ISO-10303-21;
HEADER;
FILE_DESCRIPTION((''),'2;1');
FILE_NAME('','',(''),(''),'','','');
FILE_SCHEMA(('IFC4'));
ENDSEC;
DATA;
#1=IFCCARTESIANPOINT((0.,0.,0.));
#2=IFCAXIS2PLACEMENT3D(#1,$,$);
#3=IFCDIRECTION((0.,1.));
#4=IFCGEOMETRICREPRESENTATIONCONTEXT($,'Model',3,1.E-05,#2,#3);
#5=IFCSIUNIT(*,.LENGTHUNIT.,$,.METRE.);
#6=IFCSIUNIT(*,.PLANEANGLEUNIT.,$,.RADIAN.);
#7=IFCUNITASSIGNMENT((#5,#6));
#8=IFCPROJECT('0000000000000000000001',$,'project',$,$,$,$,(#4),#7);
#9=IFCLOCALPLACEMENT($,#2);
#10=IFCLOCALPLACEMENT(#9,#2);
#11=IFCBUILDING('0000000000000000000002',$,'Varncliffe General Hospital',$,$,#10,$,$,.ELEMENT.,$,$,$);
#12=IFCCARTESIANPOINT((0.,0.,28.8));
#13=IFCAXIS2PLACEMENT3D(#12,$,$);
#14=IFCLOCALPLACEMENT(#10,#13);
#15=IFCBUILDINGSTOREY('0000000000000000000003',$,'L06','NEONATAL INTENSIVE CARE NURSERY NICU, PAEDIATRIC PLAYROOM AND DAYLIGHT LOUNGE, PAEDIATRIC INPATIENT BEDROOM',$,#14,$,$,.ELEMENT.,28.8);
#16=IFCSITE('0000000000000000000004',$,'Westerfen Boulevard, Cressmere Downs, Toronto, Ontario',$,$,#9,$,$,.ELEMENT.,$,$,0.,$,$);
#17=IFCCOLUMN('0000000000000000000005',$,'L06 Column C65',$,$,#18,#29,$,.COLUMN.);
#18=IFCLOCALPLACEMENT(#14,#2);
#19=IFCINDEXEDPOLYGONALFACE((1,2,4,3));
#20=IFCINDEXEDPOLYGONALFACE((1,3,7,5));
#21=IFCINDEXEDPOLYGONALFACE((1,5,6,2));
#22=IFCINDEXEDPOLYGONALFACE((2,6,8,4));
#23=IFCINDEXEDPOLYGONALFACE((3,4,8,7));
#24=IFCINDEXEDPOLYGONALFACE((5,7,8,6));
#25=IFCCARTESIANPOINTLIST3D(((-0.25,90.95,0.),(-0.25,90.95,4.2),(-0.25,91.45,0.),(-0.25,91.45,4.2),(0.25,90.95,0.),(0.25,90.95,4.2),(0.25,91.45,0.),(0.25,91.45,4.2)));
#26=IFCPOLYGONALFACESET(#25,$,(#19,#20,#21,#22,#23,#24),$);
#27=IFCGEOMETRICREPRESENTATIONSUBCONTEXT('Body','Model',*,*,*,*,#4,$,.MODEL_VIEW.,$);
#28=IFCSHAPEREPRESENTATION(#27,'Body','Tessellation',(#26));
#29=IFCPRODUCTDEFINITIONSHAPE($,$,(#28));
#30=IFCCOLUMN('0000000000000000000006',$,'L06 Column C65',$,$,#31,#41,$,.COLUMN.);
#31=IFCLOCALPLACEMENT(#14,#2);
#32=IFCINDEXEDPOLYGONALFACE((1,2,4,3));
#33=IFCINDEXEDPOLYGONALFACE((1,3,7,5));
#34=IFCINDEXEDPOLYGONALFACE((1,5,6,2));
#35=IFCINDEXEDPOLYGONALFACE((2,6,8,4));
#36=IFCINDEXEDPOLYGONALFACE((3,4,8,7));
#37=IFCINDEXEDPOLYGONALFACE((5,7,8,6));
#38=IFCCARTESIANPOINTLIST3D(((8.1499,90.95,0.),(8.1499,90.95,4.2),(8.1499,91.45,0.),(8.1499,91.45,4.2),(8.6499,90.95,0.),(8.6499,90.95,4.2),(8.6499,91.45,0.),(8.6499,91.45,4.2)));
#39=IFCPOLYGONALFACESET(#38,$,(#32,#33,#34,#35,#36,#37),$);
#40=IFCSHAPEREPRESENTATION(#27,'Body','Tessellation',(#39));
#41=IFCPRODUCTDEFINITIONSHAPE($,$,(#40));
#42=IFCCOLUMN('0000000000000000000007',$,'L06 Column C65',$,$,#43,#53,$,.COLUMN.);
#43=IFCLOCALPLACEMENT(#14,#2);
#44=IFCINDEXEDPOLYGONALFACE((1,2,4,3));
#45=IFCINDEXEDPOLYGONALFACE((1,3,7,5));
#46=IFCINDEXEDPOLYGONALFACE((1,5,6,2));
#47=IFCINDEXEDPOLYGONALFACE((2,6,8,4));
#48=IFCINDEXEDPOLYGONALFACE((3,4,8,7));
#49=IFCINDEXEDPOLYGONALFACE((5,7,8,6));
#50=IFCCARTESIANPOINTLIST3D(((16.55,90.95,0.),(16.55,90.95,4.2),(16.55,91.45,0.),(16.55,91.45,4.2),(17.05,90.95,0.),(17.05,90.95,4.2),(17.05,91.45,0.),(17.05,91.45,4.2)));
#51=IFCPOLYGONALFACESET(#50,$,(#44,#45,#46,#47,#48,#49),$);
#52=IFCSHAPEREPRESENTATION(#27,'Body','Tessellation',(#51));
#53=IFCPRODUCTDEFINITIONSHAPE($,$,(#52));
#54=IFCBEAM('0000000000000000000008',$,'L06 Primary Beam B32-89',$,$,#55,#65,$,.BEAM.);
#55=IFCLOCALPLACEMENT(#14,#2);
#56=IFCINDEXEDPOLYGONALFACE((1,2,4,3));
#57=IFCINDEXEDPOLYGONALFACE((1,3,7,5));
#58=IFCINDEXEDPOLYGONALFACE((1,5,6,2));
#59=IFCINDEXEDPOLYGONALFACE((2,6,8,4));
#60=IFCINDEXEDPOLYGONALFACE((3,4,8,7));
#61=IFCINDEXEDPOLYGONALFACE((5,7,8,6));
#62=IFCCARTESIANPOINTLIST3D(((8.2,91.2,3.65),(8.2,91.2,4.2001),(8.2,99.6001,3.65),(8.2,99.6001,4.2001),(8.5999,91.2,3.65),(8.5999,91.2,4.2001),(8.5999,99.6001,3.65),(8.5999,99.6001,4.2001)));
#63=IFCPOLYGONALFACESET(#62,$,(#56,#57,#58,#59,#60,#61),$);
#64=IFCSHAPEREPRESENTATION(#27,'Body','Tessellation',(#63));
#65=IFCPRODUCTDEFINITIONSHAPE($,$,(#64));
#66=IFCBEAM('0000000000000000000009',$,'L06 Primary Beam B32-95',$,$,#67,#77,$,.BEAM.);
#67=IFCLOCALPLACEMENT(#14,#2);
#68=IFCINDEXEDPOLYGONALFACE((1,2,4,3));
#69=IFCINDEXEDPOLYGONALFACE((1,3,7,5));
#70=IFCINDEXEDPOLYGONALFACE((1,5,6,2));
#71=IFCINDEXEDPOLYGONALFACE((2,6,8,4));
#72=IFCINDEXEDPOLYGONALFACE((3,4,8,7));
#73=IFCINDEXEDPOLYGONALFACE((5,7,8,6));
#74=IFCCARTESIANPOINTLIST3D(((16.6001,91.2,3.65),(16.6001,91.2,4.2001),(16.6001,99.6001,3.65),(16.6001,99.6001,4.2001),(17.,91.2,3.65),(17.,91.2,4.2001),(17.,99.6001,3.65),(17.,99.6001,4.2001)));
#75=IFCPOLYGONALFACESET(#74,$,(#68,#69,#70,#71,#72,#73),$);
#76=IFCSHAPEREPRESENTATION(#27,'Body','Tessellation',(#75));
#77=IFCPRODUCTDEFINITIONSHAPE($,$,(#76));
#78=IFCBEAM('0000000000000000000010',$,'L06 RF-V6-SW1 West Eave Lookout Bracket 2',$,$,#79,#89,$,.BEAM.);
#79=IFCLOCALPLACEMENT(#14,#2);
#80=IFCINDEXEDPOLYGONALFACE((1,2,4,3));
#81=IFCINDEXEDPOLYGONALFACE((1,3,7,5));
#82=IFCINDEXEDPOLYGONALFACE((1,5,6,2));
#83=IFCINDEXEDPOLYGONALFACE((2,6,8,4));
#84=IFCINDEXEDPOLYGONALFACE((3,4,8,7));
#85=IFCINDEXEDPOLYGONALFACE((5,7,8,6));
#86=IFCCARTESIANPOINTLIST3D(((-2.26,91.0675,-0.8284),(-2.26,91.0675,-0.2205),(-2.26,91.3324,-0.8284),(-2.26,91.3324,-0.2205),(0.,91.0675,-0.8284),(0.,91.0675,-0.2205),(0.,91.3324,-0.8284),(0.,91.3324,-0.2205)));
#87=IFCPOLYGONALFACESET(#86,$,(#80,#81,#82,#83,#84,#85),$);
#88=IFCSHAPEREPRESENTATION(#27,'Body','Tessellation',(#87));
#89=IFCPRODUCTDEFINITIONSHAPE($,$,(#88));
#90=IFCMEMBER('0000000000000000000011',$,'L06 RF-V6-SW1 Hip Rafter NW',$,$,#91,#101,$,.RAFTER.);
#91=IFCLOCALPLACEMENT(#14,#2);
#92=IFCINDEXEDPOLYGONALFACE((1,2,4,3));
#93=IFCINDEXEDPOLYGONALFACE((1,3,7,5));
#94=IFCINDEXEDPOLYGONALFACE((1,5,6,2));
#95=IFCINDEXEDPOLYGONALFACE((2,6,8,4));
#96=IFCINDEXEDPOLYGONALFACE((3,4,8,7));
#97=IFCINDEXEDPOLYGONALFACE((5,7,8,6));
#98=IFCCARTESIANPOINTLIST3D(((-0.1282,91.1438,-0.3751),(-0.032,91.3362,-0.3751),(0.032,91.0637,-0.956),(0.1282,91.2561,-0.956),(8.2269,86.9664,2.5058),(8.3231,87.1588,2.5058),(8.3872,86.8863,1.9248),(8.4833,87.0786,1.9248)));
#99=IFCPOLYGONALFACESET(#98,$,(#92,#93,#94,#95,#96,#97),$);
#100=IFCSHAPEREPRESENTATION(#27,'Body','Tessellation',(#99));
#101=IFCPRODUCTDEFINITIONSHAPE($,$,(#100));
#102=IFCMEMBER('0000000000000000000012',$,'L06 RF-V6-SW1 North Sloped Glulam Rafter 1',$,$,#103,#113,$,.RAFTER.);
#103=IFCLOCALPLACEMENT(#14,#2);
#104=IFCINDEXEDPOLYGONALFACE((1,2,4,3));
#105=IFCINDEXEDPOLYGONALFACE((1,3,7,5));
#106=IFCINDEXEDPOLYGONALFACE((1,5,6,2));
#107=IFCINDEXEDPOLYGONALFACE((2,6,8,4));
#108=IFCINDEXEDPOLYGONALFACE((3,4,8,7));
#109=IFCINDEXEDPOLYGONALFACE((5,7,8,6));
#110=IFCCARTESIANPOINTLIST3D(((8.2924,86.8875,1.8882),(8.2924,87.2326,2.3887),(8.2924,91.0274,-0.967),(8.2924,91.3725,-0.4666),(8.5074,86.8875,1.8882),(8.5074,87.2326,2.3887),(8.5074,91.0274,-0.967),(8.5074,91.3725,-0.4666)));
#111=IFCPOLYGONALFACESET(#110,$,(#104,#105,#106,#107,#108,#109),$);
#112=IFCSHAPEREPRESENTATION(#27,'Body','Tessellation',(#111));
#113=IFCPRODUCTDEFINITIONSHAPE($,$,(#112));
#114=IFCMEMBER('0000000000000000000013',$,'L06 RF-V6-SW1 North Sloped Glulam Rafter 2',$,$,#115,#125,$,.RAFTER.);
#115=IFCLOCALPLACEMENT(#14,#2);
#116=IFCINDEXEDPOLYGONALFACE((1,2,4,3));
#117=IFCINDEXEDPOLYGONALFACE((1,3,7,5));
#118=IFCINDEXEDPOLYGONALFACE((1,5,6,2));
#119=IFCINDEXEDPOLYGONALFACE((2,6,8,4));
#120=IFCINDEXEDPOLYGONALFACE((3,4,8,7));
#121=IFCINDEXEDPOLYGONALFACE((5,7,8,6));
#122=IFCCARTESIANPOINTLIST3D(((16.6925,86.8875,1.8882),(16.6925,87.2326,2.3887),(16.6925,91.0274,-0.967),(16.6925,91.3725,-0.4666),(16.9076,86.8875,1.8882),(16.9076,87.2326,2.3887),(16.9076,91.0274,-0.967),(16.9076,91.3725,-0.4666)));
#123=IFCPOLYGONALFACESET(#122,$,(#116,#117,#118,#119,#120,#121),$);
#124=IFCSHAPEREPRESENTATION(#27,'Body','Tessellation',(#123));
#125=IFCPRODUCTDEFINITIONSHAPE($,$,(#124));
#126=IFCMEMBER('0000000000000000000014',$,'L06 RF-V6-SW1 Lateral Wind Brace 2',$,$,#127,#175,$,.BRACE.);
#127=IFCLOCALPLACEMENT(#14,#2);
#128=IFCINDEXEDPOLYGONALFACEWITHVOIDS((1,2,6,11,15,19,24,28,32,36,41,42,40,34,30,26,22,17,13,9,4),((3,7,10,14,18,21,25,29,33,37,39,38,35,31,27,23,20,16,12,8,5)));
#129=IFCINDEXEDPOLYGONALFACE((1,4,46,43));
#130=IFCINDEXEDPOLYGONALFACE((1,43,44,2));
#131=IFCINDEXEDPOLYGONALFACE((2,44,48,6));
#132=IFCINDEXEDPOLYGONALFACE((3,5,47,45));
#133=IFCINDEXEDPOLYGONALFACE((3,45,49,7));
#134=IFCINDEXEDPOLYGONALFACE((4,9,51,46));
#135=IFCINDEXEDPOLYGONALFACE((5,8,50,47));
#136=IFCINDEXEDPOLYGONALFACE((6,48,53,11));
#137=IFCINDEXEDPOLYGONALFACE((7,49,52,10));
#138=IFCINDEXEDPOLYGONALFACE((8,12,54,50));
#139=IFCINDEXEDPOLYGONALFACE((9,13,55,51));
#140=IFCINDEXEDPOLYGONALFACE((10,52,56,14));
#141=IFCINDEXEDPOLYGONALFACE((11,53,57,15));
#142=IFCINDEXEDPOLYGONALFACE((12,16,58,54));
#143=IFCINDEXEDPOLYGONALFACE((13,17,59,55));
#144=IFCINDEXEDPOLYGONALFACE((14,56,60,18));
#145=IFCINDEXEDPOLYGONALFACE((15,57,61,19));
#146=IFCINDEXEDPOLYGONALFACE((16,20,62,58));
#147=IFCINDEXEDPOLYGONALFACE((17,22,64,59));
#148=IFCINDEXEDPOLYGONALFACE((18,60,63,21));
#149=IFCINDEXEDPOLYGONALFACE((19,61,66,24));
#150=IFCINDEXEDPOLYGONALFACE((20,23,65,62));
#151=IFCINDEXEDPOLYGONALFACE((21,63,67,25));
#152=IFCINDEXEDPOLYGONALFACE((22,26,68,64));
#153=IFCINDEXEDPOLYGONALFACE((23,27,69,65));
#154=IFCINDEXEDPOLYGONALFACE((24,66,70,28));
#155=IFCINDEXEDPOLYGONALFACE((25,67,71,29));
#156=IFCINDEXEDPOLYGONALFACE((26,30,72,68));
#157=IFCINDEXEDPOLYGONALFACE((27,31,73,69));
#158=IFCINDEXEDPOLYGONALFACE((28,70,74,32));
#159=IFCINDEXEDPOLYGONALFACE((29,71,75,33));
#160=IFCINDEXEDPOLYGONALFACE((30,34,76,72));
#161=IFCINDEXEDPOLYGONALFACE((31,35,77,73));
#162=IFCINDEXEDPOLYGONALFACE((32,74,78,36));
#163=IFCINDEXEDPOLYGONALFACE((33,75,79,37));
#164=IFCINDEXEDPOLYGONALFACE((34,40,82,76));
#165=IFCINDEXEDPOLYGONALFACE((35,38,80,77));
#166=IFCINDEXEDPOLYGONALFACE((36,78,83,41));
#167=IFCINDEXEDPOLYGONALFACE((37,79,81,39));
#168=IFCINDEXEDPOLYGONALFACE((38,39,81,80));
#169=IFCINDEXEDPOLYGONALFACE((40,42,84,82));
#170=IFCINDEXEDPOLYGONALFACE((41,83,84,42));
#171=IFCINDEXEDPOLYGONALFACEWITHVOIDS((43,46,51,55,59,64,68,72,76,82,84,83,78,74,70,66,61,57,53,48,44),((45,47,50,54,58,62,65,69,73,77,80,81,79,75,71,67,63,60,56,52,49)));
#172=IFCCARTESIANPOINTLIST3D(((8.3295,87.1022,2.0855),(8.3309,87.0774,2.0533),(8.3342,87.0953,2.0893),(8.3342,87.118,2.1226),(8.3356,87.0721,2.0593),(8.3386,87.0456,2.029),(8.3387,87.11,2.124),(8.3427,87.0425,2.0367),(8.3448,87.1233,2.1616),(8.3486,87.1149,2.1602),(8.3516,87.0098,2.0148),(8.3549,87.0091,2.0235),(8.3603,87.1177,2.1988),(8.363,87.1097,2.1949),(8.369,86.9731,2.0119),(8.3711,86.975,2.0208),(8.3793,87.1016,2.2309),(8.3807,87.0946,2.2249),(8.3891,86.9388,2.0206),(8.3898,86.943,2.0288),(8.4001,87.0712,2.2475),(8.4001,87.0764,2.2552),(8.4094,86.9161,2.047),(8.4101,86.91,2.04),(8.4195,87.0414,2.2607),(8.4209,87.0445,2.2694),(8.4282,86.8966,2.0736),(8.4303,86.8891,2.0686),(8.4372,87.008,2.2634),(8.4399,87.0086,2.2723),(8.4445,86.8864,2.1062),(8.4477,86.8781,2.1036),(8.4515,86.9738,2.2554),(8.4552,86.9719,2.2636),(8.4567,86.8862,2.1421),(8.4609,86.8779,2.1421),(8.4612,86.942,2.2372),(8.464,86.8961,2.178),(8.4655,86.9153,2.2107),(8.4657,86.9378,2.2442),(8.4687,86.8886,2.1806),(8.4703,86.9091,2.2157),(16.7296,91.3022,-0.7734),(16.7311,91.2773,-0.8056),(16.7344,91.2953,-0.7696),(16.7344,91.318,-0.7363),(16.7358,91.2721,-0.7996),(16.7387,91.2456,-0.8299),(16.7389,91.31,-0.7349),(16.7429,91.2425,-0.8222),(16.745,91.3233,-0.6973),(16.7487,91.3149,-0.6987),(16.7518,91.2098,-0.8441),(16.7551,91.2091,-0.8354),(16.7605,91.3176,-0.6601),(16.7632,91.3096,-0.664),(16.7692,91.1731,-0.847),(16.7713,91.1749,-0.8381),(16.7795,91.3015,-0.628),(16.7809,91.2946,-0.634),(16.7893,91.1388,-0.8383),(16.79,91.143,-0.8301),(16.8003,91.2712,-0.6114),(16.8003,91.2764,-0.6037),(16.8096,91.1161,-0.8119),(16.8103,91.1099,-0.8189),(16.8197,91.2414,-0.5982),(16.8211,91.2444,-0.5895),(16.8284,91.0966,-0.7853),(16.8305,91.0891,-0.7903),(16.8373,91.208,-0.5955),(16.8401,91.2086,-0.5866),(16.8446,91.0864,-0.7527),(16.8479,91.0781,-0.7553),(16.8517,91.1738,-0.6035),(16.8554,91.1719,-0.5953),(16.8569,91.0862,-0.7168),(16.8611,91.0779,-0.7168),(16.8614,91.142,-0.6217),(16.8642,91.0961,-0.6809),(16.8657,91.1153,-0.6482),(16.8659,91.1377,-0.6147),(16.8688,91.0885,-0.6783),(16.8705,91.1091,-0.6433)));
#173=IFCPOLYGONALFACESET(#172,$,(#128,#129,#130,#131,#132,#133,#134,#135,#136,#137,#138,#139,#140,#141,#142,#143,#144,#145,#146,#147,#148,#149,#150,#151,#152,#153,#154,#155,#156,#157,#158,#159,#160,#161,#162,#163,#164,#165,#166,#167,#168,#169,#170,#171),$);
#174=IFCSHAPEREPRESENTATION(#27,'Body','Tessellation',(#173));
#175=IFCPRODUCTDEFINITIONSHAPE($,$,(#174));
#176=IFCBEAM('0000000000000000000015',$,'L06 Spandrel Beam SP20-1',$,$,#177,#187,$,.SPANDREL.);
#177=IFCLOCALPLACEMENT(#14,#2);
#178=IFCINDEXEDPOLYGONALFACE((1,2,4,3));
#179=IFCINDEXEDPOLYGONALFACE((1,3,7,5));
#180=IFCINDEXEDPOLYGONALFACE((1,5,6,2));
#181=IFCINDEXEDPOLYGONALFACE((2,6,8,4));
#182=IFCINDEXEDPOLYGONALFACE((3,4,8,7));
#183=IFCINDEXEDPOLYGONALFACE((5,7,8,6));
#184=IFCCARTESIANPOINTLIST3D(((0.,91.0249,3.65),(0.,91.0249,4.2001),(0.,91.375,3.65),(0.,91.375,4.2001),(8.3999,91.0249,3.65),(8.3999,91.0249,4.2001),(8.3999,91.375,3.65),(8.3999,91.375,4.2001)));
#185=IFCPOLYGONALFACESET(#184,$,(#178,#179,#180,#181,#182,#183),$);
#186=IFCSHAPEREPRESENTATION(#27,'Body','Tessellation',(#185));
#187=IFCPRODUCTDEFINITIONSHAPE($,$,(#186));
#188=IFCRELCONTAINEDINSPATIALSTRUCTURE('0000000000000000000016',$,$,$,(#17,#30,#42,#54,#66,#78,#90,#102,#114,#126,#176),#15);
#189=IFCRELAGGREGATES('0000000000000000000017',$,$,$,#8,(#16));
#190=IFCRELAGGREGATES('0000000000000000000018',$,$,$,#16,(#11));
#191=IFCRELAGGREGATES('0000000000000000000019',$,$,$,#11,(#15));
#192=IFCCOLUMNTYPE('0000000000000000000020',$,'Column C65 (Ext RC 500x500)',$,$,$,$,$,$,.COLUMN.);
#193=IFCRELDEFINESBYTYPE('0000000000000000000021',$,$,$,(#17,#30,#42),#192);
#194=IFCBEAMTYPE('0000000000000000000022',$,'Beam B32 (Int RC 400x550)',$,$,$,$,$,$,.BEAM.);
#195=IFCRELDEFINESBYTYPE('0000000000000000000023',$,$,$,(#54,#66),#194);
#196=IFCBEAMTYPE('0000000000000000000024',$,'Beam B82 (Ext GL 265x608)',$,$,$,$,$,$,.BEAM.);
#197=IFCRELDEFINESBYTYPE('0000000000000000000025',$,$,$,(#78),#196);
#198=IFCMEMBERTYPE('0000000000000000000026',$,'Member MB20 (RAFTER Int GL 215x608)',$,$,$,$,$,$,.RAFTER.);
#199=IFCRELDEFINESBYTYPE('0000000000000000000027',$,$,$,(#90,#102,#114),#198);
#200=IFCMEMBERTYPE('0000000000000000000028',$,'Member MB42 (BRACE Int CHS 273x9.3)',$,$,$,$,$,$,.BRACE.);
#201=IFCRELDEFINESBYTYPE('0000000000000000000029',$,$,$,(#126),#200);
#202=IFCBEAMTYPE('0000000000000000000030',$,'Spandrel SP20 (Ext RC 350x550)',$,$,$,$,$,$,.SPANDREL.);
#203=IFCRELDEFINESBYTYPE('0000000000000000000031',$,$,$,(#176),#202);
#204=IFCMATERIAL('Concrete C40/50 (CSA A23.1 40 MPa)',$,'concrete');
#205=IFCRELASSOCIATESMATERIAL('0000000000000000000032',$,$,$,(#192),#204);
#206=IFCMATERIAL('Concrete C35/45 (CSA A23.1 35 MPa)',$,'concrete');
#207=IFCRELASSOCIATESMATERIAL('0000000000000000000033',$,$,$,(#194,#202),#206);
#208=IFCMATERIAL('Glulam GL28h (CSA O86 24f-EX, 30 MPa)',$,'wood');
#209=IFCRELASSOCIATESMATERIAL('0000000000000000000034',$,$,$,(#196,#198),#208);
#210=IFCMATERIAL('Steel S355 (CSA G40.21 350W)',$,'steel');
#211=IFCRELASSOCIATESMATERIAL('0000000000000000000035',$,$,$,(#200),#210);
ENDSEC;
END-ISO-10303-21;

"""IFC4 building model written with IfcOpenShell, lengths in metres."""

from ifc_helpers import new_model, si_unit, direction, frame, origin, origin_2d, place, context, subcontext, project, spatial, rectangle, hollow_circle, extrude, material, material_profile, profile_set, type_object, element, save


model = new_model("IFC4")

# Units and contexts
model_context = context("Model", 3, precision=1e-05, world=origin(), true_north=direction((0.0, 1.0)))
body_context = subcontext(model_context, "Body", "Model", "MODEL_VIEW")
ifc_project = project(units=[si_unit("LENGTHUNIT", "METRE"), si_unit("PLANEANGLEUNIT", "RADIAN")], contexts=[model_context])

# Site, building, storey
site_placement = place(None, origin())
site = spatial("IfcSite", under=ifc_project, at=site_placement, Name="Westerfen Boulevard, Cressmere Downs, Toronto, Ontario", CompositionType="ELEMENT", RefElevation=0.0)
building_placement = place(site_placement, origin())
building = spatial("IfcBuilding", under=site, at=building_placement, Name="Varncliffe General Hospital", CompositionType="ELEMENT")
storey_placement = place(building_placement, frame((0.0, 0.0, 28.8)))
storey = spatial("IfcBuildingStorey", under=building, at=storey_placement, Name="L06", Description="NEONATAL INTENSIVE CARE NURSERY NICU, PAEDIATRIC PLAYROOM AND DAYLIGHT LOUNGE, PAEDIATRIC INPATIENT BEDROOM", CompositionType="ELEMENT", Elevation=28.8)

# Columns
ifc_material_1 = material(Name="Concrete C40/50 (CSA A23.1 40 MPa)", Category="concrete")
ifc_material_profile_1 = material_profile(ifc_material_1, rectangle(XDim=0.5, YDim=0.5, at=origin_2d()), Name="RC 500x500")
ifc_profile_set_1 = profile_set([ifc_material_profile_1], Name="Concrete C40/50 (CSA A23.1 40 MPa)")
column_type = type_object("IfcColumnType", Name="Column C65 (Ext RC 500x500)", PredefinedType="COLUMN", material=ifc_profile_set_1)
for number, where, z_axis, x_axis, name in (
    (1, (0.0, 91.2, 0.0), (0.0, 0.0, 1.0), (1.0, 0.0, 0.0), "L06 Column C65"),
    (2, (8.3999, 91.2, 0.0), (0.0, 0.0, 1.0), (1.0, 0.0, 0.0), "L06 Column C65"),
    (3, (16.8, 91.2, 0.0), (0.0, 0.0, 1.0), (1.0, 0.0, 0.0), "L06 Column C65"),
):
    element("IfcColumn", number, at=place(storey_placement, frame(where, z_axis=z_axis, x_axis=x_axis)), inside=storey, type_object=column_type, Name=name, PredefinedType="COLUMN", context=body_context, shape_type="SweptSolid", body=[
        extrude(rectangle(XDim=0.5, YDim=0.5, at=origin_2d()), origin(), (0.0, 0.0, 1.0), 4.2),
    ])

# Beams
ifc_material_2 = material(Name="Concrete C35/45 (CSA A23.1 35 MPa)", Category="concrete")
ifc_material_profile_2 = material_profile(ifc_material_2, rectangle(XDim=0.3999, YDim=0.55, at=origin_2d()), Name="RC 400x550")
ifc_profile_set_2 = profile_set([ifc_material_profile_2], Name="Concrete C35/45 (CSA A23.1 35 MPa)")
beam_type_1 = type_object("IfcBeamType", Name="Beam B32 (Int RC 400x550)", PredefinedType="BEAM", material=ifc_profile_set_2)
for number, where, z_axis, x_axis, name in (
    (4, (8.3999, 91.2, 3.925), (0.0, 1.0, 0.0), (-1.0, 0.0, 0.0), "L06 Primary Beam B32-89"),
    (5, (16.8, 91.2, 3.925), (0.0, 1.0, 0.0), (-1.0, 0.0, 0.0), "L06 Primary Beam B32-95"),
):
    element("IfcBeam", number, at=place(storey_placement, frame(where, z_axis=z_axis, x_axis=x_axis)), inside=storey, type_object=beam_type_1, Name=name, PredefinedType="BEAM", context=body_context, shape_type="SweptSolid", body=[
        extrude(rectangle(XDim=0.3999, YDim=0.55, at=origin_2d()), origin(), (0.0, 0.0, 1.0), 8.4001),
    ])
ifc_material_3 = material(Name="Glulam GL28h (CSA O86 24f-EX, 30 MPa)", Category="wood")
ifc_material_profile_3 = material_profile(ifc_material_3, rectangle(XDim=0.2649, YDim=0.6079, at=origin_2d()), Name="GL 265x608")
ifc_profile_set_3 = profile_set([ifc_material_profile_3], Name="Glulam GL28h (CSA O86 24f-EX, 30 MPa)")
beam_type_2 = type_object("IfcBeamType", Name="Beam B82 (Ext GL 265x608)", PredefinedType="BEAM", material=ifc_profile_set_3)
beam_1_placement = place(storey_placement, frame((-2.26, 91.2, -0.5244), z_axis=(1.0, 0.0, 0.0), x_axis=(0.0, 1.0, 0.0)))
element("IfcBeam", 6, at=beam_1_placement, inside=storey, type_object=beam_type_2, Name="L06 RF-V6-SW1 West Eave Lookout Bracket 2", PredefinedType="BEAM", context=body_context, shape_type="SweptSolid", body=[
    extrude(rectangle(XDim=0.2649, YDim=0.6079, at=origin_2d()), origin(), (0.0, 0.0, 1.0), 2.26),
])

# Members
ifc_material_profile_4 = material_profile(ifc_material_3, rectangle(XDim=0.2151, YDim=0.6079, at=origin_2d()), Name="GL 215x608")
ifc_profile_set_4 = profile_set([ifc_material_profile_4], Name="Glulam GL28h (CSA O86 24f-EX, 30 MPa)")
member_type_1 = type_object("IfcMemberType", Name="Member MB20 (RAFTER Int GL 215x608)", PredefinedType="RAFTER", material=ifc_profile_set_4)
member_1_placement = place(storey_placement, frame((0.0, 91.2, -0.6655), z_axis=(0.85471, -0.427343, 0.294702), x_axis=(0.447203, 0.894432, 0.0)))
element("IfcMember", 7, at=member_1_placement, inside=storey, type_object=member_type_1, Name="L06 RF-V6-SW1 Hip Rafter NW", PredefinedType="RAFTER", context=body_context, shape_type="SweptSolid", body=[
    extrude(rectangle(XDim=0.2151, YDim=0.6079, at=origin_2d()), origin(), (0.0, 0.0, 1.0), 9.7754),
])
for number, where, z_axis, x_axis, name in (
    (8, (8.3999, 91.2, -0.7168), (0.0, -0.823201, 0.56775), (1.0, 0.0, 0.0), "L06 RF-V6-SW1 North Sloped Glulam Rafter 1"),
    (9, (16.8, 91.2, -0.7168), (0.0, -0.823201, 0.56775), (1.0, 0.0, 0.0), "L06 RF-V6-SW1 North Sloped Glulam Rafter 2"),
):
    element("IfcMember", number, at=place(storey_placement, frame(where, z_axis=z_axis, x_axis=x_axis)), inside=storey, type_object=member_type_1, Name=name, PredefinedType="RAFTER", context=body_context, shape_type="SweptSolid", body=[
        extrude(rectangle(XDim=0.2151, YDim=0.6079, at=origin_2d()), origin(), (0.0, 0.0, 1.0), 5.0291),
    ])
ifc_material_4 = material(Name="Steel S355 (CSA G40.21 350W)", Category="steel")
ifc_material_profile_5 = material_profile(ifc_material_4, hollow_circle(Radius=0.1365, WallThickness=0.0093, at=origin_2d()), Name="CHS 273x9.3")
ifc_profile_set_5 = profile_set([ifc_material_profile_5], Name="Steel S355 (CSA G40.21 350W)")
member_type_2 = type_object("IfcMemberType", Name="Member MB42 (BRACE Int CHS 273x9.3)", PredefinedType="BRACE", material=ifc_profile_set_5)
member_2_placement = place(storey_placement, frame((16.8, 91.2, -0.7168), z_axis=(-0.855666, -0.42782, 0.291215), x_axis=(0.447203, -0.894432, 0.0)))
element("IfcMember", 10, at=member_2_placement, inside=storey, type_object=member_type_2, Name="L06 RF-V6-SW1 Lateral Wind Brace 2", PredefinedType="BRACE", context=body_context, shape_type="SweptSolid", body=[
    extrude(hollow_circle(Radius=0.1365, WallThickness=0.0093, at=origin_2d()), origin(), (0.0, 0.0, 1.0), 9.8171),
])

# Beam
ifc_material_profile_6 = material_profile(ifc_material_2, rectangle(XDim=0.3501, YDim=0.55, at=origin_2d()), Name="RC 350x550")
ifc_profile_set_6 = profile_set([ifc_material_profile_6], Name="Concrete C35/45 (CSA A23.1 35 MPa)")
beam_type_3 = type_object("IfcBeamType", Name="Spandrel SP20 (Ext RC 350x550)", PredefinedType="SPANDREL", material=ifc_profile_set_6)
beam_2_placement = place(storey_placement, frame((0.0, 91.2, 3.925), z_axis=(1.0, 0.0, 0.0), x_axis=(0.0, 1.0, 0.0)))
element("IfcBeam", 11, at=beam_2_placement, inside=storey, type_object=beam_type_3, Name="L06 Spandrel Beam SP20-1", PredefinedType="SPANDREL", context=body_context, shape_type="SweptSolid", body=[
    extrude(rectangle(XDim=0.3501, YDim=0.55, at=origin_2d()), origin(), (0.0, 0.0, 1.0), 8.3999),
])

save(model, "model.ifc")
